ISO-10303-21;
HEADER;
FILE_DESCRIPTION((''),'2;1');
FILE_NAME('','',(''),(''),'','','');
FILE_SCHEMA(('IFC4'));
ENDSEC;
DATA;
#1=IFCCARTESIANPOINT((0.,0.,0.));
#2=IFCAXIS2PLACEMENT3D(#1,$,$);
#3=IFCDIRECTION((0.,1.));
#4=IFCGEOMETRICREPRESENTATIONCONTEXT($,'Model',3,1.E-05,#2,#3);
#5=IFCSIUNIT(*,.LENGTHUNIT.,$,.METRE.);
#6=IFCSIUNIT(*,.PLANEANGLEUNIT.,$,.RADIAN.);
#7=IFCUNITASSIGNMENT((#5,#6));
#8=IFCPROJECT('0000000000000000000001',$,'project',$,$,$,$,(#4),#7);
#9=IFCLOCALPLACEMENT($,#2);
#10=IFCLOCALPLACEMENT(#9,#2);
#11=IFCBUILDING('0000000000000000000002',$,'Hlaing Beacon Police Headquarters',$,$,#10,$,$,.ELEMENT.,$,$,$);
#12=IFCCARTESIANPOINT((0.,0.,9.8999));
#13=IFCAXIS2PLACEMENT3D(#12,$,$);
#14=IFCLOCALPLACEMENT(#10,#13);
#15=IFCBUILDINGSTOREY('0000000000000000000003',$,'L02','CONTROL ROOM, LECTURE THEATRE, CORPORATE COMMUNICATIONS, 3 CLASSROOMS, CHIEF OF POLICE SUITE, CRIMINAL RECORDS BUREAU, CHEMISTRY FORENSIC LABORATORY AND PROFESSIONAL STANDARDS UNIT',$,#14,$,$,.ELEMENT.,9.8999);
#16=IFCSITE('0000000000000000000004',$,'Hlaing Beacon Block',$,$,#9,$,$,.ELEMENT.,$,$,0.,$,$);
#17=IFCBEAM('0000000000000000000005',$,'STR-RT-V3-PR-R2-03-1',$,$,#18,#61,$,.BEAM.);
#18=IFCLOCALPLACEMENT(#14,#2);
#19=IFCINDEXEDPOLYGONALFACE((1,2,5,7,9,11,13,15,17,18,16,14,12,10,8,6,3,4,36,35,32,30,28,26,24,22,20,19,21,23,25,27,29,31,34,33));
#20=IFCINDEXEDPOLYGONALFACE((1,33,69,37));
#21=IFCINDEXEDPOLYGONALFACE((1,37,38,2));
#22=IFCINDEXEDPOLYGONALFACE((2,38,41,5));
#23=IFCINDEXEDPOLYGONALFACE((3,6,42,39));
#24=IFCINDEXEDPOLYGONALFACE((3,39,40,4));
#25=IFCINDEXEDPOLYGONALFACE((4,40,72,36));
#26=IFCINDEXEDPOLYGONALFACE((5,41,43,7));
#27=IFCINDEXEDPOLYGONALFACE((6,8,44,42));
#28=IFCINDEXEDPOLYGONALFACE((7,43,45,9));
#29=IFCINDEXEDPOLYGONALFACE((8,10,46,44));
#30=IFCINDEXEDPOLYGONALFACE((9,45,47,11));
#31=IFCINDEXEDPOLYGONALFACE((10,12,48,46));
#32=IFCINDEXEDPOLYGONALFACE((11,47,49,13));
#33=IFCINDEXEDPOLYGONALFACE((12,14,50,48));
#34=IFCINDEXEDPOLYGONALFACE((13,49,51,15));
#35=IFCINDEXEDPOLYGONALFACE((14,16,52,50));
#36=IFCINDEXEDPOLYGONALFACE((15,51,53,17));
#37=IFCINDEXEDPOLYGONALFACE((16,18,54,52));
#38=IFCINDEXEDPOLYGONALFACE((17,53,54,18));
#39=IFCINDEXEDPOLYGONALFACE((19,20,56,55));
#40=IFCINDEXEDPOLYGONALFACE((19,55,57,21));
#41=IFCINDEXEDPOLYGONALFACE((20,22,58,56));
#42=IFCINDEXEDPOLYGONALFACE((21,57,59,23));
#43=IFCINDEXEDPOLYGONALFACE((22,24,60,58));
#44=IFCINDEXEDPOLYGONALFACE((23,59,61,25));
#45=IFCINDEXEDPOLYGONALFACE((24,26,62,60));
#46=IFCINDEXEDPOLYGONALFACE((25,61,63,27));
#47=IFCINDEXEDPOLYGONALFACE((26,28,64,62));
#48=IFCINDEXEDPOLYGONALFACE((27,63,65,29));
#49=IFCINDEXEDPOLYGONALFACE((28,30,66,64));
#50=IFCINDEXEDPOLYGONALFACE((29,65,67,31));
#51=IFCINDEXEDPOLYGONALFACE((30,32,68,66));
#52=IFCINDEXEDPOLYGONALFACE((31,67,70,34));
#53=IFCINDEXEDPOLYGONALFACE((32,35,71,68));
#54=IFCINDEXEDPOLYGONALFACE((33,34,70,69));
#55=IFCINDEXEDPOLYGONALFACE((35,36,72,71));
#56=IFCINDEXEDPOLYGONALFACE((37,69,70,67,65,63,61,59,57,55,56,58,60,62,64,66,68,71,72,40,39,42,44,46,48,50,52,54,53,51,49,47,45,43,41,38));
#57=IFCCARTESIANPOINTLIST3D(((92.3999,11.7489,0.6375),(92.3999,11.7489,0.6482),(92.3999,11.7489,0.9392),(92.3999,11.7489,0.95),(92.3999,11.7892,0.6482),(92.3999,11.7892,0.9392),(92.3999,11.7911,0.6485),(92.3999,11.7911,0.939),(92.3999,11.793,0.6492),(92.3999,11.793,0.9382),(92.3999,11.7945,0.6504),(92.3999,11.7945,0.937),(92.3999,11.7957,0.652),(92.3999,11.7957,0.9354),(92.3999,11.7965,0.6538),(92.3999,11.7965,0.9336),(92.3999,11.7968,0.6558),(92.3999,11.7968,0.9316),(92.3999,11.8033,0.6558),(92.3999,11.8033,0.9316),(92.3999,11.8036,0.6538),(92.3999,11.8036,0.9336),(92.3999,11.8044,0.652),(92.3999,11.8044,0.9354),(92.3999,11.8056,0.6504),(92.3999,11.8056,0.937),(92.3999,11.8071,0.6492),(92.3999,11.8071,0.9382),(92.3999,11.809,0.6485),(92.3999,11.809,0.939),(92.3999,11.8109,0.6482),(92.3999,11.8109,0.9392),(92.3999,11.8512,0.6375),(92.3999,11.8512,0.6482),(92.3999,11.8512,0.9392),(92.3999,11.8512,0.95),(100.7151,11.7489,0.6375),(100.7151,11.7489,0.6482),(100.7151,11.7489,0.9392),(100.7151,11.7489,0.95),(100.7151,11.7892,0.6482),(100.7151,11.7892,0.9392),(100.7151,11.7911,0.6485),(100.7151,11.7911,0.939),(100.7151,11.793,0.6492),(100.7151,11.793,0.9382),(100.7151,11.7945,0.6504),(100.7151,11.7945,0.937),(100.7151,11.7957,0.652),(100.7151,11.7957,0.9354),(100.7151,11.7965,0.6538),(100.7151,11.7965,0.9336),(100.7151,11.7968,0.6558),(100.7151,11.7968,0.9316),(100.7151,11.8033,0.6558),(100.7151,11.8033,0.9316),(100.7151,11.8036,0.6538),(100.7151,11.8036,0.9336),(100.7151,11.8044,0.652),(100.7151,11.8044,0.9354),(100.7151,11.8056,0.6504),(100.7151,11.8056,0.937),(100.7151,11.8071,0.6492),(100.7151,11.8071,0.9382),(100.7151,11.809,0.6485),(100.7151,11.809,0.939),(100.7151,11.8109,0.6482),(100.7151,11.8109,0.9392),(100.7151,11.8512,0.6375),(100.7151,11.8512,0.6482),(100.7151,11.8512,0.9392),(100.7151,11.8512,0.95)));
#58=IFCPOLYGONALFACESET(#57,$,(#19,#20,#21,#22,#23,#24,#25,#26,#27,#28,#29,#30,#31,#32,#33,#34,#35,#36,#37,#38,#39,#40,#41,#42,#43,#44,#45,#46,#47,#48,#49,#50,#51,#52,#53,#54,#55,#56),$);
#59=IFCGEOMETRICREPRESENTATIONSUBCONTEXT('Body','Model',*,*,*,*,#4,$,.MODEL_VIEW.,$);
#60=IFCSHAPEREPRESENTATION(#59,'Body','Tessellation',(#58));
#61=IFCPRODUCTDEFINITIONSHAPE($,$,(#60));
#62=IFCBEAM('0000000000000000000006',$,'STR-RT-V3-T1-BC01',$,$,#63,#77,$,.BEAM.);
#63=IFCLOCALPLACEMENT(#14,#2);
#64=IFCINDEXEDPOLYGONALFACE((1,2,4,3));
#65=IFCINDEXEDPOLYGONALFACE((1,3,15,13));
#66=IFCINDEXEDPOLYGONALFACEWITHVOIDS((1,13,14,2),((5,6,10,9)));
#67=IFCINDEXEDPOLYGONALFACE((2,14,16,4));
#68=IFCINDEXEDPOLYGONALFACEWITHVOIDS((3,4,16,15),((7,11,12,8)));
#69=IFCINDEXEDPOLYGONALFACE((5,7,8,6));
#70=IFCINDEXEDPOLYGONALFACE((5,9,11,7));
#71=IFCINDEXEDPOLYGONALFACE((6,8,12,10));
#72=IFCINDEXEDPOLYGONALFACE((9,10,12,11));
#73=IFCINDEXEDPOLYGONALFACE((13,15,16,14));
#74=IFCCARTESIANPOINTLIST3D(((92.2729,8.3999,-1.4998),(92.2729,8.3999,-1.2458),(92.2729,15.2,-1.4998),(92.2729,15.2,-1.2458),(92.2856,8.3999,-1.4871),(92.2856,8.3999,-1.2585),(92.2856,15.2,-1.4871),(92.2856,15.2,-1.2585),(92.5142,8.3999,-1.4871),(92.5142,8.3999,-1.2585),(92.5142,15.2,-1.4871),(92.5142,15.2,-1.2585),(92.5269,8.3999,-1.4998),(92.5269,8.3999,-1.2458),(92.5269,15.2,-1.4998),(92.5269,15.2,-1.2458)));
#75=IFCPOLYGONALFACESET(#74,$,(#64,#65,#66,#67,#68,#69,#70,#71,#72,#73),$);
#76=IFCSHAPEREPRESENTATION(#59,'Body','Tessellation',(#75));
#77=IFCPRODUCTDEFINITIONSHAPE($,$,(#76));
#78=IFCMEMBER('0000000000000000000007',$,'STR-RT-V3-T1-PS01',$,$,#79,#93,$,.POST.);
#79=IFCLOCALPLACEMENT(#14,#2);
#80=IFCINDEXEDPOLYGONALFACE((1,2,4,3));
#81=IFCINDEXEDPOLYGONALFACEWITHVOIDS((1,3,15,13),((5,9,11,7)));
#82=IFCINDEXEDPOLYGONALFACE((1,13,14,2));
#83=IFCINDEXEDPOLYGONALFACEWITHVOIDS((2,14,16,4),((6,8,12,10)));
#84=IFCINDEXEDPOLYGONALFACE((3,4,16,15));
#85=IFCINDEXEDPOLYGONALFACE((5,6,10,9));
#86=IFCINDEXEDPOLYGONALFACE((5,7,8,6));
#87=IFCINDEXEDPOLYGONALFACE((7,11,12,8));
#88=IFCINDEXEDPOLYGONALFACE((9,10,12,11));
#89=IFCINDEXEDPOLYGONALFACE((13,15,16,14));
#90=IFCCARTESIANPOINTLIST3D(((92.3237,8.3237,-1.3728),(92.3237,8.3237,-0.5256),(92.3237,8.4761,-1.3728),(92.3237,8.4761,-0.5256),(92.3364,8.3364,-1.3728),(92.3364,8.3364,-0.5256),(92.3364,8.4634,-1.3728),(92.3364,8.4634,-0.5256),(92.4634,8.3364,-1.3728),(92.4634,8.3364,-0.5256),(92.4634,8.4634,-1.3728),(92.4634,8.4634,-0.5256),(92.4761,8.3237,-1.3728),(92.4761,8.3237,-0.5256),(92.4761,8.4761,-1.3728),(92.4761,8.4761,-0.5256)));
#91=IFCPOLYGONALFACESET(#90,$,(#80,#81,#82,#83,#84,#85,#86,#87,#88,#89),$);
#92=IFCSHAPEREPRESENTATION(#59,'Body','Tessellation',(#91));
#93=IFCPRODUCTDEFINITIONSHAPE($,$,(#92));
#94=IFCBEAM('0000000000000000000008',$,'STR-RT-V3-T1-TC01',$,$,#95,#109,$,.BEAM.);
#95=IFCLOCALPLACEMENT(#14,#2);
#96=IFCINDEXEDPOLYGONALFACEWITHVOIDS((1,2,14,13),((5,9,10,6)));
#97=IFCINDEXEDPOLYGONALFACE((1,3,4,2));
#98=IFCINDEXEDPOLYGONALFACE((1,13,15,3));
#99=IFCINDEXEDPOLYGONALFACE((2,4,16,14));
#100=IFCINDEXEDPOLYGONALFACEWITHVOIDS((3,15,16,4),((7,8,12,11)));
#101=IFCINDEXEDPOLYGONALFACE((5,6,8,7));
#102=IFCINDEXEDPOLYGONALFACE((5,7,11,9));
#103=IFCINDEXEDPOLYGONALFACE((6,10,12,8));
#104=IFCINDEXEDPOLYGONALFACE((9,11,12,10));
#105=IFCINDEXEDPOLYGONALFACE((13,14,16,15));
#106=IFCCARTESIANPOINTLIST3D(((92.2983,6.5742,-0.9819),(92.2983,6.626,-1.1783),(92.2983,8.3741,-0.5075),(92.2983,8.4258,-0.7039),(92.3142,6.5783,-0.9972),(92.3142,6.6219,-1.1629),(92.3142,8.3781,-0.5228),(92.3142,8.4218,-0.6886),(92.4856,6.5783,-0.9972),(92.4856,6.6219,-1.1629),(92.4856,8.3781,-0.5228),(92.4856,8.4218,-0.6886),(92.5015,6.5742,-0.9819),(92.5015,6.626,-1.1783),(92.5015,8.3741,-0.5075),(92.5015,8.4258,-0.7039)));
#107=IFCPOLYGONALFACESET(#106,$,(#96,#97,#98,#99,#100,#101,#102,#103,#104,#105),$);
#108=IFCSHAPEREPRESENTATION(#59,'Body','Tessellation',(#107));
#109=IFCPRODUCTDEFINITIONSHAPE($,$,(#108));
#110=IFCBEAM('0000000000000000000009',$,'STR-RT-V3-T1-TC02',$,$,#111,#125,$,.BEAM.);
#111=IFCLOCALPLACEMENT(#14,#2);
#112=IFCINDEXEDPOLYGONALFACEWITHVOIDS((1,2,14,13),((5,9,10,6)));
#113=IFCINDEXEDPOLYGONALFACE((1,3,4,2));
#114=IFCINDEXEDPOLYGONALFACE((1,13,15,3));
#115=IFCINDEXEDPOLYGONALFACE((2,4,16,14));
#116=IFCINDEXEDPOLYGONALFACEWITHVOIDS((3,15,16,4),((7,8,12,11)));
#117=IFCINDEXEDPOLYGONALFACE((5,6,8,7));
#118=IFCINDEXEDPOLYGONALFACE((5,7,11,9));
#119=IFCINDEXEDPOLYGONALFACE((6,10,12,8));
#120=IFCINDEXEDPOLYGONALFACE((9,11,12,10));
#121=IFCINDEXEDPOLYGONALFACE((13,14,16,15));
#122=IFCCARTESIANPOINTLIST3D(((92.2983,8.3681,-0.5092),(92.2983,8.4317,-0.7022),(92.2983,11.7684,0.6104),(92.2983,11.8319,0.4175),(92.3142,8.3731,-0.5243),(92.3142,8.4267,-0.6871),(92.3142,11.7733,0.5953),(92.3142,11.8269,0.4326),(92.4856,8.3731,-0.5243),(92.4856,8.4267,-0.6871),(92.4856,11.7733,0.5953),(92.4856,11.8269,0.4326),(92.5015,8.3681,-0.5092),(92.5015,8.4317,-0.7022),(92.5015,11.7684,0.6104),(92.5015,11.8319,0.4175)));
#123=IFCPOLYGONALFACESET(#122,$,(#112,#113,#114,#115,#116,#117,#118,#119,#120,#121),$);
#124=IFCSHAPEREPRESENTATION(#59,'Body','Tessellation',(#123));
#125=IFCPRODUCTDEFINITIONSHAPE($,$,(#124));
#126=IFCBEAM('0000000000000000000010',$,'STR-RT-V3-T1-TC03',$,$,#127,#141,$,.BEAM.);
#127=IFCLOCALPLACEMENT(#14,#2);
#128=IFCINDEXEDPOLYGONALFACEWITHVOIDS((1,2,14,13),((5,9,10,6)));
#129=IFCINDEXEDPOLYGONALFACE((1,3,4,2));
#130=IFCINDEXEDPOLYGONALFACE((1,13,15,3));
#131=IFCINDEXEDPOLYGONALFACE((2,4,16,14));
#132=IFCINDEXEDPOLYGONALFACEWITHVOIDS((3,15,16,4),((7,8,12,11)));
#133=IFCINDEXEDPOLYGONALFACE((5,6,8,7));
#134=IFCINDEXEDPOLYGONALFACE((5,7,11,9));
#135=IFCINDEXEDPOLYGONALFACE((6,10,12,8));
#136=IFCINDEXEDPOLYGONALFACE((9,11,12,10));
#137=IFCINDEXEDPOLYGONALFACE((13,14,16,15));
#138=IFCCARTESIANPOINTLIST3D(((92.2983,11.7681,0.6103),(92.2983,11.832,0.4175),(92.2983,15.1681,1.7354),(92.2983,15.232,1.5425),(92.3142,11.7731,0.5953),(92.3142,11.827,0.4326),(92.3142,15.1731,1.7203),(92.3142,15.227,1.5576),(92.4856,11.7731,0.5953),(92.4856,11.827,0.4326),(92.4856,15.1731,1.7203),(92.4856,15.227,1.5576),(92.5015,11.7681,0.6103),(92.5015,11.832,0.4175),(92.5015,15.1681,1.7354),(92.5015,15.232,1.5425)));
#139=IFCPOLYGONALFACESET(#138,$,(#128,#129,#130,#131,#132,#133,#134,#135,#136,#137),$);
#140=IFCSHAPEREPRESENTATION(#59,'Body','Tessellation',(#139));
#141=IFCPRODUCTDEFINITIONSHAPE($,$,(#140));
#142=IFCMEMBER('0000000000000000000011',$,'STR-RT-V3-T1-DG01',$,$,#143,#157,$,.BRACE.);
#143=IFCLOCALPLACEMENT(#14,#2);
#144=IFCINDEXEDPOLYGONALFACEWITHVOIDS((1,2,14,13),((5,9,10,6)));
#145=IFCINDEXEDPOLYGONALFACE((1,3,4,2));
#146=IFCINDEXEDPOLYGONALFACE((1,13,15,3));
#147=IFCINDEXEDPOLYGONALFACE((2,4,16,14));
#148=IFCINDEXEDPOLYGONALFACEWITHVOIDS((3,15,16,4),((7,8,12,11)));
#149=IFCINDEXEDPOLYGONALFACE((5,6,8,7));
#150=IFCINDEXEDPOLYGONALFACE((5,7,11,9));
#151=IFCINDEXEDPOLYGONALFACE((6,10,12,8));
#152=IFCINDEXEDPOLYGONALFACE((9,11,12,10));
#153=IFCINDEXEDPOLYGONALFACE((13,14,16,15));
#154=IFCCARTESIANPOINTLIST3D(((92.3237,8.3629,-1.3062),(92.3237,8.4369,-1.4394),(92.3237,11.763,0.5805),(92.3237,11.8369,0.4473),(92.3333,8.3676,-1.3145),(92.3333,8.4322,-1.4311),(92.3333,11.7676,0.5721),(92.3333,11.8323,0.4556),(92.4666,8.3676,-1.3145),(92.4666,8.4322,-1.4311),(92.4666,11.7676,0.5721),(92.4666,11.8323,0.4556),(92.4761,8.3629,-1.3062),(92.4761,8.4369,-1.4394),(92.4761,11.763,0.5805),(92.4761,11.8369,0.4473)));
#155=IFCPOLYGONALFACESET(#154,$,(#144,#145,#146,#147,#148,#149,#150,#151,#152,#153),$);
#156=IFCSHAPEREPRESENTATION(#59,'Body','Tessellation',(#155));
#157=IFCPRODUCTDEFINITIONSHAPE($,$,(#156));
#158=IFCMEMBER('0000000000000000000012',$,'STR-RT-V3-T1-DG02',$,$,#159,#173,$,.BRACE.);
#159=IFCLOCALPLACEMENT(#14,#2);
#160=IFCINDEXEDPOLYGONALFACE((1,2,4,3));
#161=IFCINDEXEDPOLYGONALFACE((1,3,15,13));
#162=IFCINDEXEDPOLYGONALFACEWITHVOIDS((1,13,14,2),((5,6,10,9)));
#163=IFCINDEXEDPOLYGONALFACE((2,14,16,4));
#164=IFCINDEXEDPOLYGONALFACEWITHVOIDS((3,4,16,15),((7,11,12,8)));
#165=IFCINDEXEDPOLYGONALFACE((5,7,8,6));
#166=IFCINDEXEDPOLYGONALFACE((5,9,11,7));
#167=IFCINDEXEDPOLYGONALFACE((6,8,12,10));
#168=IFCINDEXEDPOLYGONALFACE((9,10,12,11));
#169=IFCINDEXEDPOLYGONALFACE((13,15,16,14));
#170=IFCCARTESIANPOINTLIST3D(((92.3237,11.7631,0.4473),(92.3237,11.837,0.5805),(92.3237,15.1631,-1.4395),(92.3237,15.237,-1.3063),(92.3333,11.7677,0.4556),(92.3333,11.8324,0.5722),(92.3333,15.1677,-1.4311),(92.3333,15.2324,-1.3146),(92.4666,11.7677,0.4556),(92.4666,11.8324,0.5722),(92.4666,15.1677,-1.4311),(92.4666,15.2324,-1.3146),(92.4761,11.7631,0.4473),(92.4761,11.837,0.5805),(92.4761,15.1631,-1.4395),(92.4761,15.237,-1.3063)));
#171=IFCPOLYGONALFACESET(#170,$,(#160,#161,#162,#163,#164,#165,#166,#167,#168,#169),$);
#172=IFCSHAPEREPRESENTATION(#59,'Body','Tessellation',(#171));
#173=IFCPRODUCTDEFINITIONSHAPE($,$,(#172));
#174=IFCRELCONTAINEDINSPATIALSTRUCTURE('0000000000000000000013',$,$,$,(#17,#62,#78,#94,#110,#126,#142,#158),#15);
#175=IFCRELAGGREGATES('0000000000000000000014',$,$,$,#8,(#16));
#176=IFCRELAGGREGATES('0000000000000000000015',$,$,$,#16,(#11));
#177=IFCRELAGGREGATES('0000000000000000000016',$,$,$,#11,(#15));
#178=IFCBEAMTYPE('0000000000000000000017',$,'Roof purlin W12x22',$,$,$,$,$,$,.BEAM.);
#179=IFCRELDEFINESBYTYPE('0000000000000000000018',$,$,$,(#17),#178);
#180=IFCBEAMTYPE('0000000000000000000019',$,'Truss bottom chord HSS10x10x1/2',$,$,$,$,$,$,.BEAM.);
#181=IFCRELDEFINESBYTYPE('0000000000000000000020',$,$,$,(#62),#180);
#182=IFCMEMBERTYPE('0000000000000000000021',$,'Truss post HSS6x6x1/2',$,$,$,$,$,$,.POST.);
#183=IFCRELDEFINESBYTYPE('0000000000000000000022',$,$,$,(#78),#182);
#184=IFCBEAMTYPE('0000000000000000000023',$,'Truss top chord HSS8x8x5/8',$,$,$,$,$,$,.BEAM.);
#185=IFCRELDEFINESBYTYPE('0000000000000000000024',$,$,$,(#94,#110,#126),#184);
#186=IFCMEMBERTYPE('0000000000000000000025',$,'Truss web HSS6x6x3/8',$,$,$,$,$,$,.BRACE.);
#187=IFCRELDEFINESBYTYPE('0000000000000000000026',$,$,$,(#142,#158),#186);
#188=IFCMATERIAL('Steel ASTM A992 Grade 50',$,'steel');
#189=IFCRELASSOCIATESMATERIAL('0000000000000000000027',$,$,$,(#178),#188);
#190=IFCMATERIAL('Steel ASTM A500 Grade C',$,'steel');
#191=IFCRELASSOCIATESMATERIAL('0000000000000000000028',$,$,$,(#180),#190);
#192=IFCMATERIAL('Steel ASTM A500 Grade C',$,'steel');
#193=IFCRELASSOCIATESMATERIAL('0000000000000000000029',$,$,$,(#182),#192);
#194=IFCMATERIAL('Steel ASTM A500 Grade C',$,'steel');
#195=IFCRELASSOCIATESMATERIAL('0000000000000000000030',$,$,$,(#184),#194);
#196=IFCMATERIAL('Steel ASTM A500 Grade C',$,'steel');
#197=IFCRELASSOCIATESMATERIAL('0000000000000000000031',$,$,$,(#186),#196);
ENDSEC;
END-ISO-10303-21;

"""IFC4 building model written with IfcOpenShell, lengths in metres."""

from ifc_helpers import new_model, si_unit, direction, frame, origin, origin_2d, place, context, subcontext, project, spatial, hollow_rectangle, i_section, extrude, material, material_profile, profile_set, type_object, element, save


model = new_model("IFC4")

# Units and contexts
model_context = context("Model", 3, precision=1e-05, world=origin(), true_north=direction((0.0, 1.0)))
body_context = subcontext(model_context, "Body", "Model", "MODEL_VIEW")
ifc_project = project(units=[si_unit("LENGTHUNIT", "METRE"), si_unit("PLANEANGLEUNIT", "RADIAN")], contexts=[model_context])

# Site, building, storey
site_placement = place(None, origin())
site = spatial("IfcSite", under=ifc_project, at=site_placement, Name="Hlaing Beacon Block", CompositionType="ELEMENT", RefElevation=0.0)
building_placement = place(site_placement, origin())
building = spatial("IfcBuilding", under=site, at=building_placement, Name="Hlaing Beacon Police Headquarters", CompositionType="ELEMENT")
storey_placement = place(building_placement, frame((0.0, 0.0, 9.8999)))
storey = spatial("IfcBuildingStorey", under=building, at=storey_placement, Name="L02", Description="CONTROL ROOM, LECTURE THEATRE, CORPORATE COMMUNICATIONS, 3 CLASSROOMS, CHIEF OF POLICE SUITE, CRIMINAL RECORDS BUREAU, CHEMISTRY FORENSIC LABORATORY AND PROFESSIONAL STANDARDS UNIT", CompositionType="ELEMENT", Elevation=9.8999)

# Beams
ifc_material_1 = material(Name="Steel ASTM A992 Grade 50", Category="steel")
ifc_material_profile_1 = material_profile(ifc_material_1, i_section(OverallWidth=0.1023, OverallDepth=0.3125, WebThickness=0.0066, FlangeThickness=0.0107, FilletRadius=0.0076, at=origin_2d()), Name="W12x22")
ifc_profile_set_1 = profile_set([ifc_material_profile_1], Name="Steel ASTM A992 Grade 50")
beam_type_1 = type_object("IfcBeamType", Name="Roof purlin W12x22", PredefinedType="BEAM", material=ifc_profile_set_1)
for number, where, z_axis, x_axis, name in (
    (1, (92.3999, 11.8, 0.7937), (1.0, 0.0, 0.0), (0.0, 1.0, 0.0), "STR-RT-V3-PR-R2-03-1"),
):
    element("IfcBeam", number, at=place(storey_placement, frame(where, z_axis=z_axis, x_axis=x_axis)), inside=storey, type_object=beam_type_1, Name=name, PredefinedType="BEAM", context=body_context, shape_type="SweptSolid", body=[
        extrude(i_section(OverallWidth=0.1023, OverallDepth=0.3125, WebThickness=0.0066, FlangeThickness=0.0107, FilletRadius=0.0076, at=origin_2d()), origin(), (0.0, 0.0, 1.0), 8.3152),
    ])
ifc_material_2 = material(Name="Steel ASTM A500 Grade C", Category="steel")
ifc_material_profile_2 = material_profile(ifc_material_2, hollow_rectangle(XDim=0.2539, YDim=0.2539, WallThickness=0.0127, at=origin_2d()), Name="HSS10x10x1/2")
ifc_profile_set_2 = profile_set([ifc_material_profile_2], Name="Steel ASTM A500 Grade C")
beam_type_2 = type_object("IfcBeamType", Name="Truss bottom chord HSS10x10x1/2", PredefinedType="BEAM", material=ifc_profile_set_2)
beam_1_placement = place(storey_placement, frame((92.3999, 8.3999, -1.3728), z_axis=(0.0, 1.0, 0.0), x_axis=(-1.0, 0.0, 0.0)))
element("IfcBeam", 2, at=beam_1_placement, inside=storey, type_object=beam_type_2, Name="STR-RT-V3-T1-BC01", PredefinedType="BEAM", context=body_context, shape_type="SweptSolid", body=[
    extrude(hollow_rectangle(XDim=0.2539, YDim=0.2539, WallThickness=0.0127, at=origin_2d()), origin(), (0.0, 0.0, 1.0), 6.8),
])

# Member
ifc_material_3 = material(Name="Steel ASTM A500 Grade C", Category="steel")
ifc_material_profile_3 = material_profile(ifc_material_3, hollow_rectangle(XDim=0.1523, YDim=0.1523, WallThickness=0.0127, at=origin_2d()), Name="HSS6x6x1/2")
ifc_profile_set_3 = profile_set([ifc_material_profile_3], Name="Steel ASTM A500 Grade C")
member_type_1 = type_object("IfcMemberType", Name="Truss post HSS6x6x1/2", PredefinedType="POST", material=ifc_profile_set_3)
member_1_placement = place(storey_placement, frame((92.3999, 8.3999, -1.3728), z_axis=(0.0, 0.0, 1.0), x_axis=(1.0, 0.0, 0.0)))
element("IfcMember", 3, at=member_1_placement, inside=storey, type_object=member_type_1, Name="STR-RT-V3-T1-PS01", PredefinedType="POST", context=body_context, shape_type="SweptSolid", body=[
    extrude(hollow_rectangle(XDim=0.1523, YDim=0.1523, WallThickness=0.0127, at=origin_2d()), origin(), (0.0, 0.0, 1.0), 0.8472),
])

# Beams
ifc_material_4 = material(Name="Steel ASTM A500 Grade C", Category="steel")
ifc_material_profile_4 = material_profile(ifc_material_4, hollow_rectangle(XDim=0.2031, YDim=0.2031, WallThickness=0.0159, at=origin_2d()), Name="HSS8x8x5/8")
ifc_profile_set_4 = profile_set([ifc_material_profile_4], Name="Steel ASTM A500 Grade C")
beam_type_3 = type_object("IfcBeamType", Name="Truss top chord HSS8x8x5/8", PredefinedType="BEAM", material=ifc_profile_set_4)
beam_2_placement = place(storey_placement, frame((92.3999, 6.6001, -1.0801), z_axis=(0.0, 0.966978, 0.254861), x_axis=(-1.0, 0.0, 0.0)))
element("IfcBeam", 4, at=beam_2_placement, inside=storey, type_object=beam_type_3, Name="STR-RT-V3-T1-TC01", PredefinedType="BEAM", context=body_context, shape_type="SweptSolid", body=[
    extrude(hollow_rectangle(XDim=0.2031, YDim=0.2031, WallThickness=0.0159, at=origin_2d()), origin(), (0.0, 0.0, 1.0), 1.8613),
])
beam_3_placement = place(storey_placement, frame((92.3999, 8.3999, -0.6057), z_axis=(0.0, 0.94983, 0.312768), x_axis=(-1.0, 0.0, 0.0)))
element("IfcBeam", 5, at=beam_3_placement, inside=storey, type_object=beam_type_3, Name="STR-RT-V3-T1-TC02", PredefinedType="BEAM", context=body_context, shape_type="SweptSolid", body=[
    extrude(hollow_rectangle(XDim=0.2031, YDim=0.2031, WallThickness=0.0159, at=origin_2d()), origin(), (0.0, 0.0, 1.0), 3.5798),
])
beam_4_placement = place(storey_placement, frame((92.3999, 11.8, 0.5139), z_axis=(0.0, 0.949376, 0.314141), x_axis=(-1.0, 0.0, 0.0)))
element("IfcBeam", 6, at=beam_4_placement, inside=storey, type_object=beam_type_3, Name="STR-RT-V3-T1-TC03", PredefinedType="BEAM", context=body_context, shape_type="SweptSolid", body=[
    extrude(hollow_rectangle(XDim=0.2031, YDim=0.2031, WallThickness=0.0159, at=origin_2d()), origin(), (0.0, 0.0, 1.0), 3.5813),
])

# Members
ifc_material_5 = material(Name="Steel ASTM A500 Grade C", Category="steel")
ifc_material_profile_5 = material_profile(ifc_material_5, hollow_rectangle(XDim=0.1523, YDim=0.1523, WallThickness=0.0095, at=origin_2d()), Name="HSS6x6x3/8")
ifc_profile_set_5 = profile_set([ifc_material_profile_5], Name="Steel ASTM A500 Grade C")
member_type_2 = type_object("IfcMemberType", Name="Truss web HSS6x6x3/8", PredefinedType="BRACE", material=ifc_profile_set_5)
for number, where, z_axis, x_axis, name in (
    (7, (92.3999, 8.3999, -1.3728), (0.0, 0.874403, 0.4852), (-1.0, 0.0, 0.0), "STR-RT-V3-T1-DG01"),
    (8, (92.3999, 11.8, 0.5139), (0.0, 0.874388, -0.485227), (-1.0, 0.0, 0.0), "STR-RT-V3-T1-DG02"),
):
    element("IfcMember", number, at=place(storey_placement, frame(where, z_axis=z_axis, x_axis=x_axis)), inside=storey, type_object=member_type_2, Name=name, PredefinedType="BRACE", context=body_context, shape_type="SweptSolid", body=[
        extrude(hollow_rectangle(XDim=0.1523, YDim=0.1523, WallThickness=0.0095, at=origin_2d()), origin(), (0.0, 0.0, 1.0), 3.8884),
    ])

save(model, "model.ifc")
